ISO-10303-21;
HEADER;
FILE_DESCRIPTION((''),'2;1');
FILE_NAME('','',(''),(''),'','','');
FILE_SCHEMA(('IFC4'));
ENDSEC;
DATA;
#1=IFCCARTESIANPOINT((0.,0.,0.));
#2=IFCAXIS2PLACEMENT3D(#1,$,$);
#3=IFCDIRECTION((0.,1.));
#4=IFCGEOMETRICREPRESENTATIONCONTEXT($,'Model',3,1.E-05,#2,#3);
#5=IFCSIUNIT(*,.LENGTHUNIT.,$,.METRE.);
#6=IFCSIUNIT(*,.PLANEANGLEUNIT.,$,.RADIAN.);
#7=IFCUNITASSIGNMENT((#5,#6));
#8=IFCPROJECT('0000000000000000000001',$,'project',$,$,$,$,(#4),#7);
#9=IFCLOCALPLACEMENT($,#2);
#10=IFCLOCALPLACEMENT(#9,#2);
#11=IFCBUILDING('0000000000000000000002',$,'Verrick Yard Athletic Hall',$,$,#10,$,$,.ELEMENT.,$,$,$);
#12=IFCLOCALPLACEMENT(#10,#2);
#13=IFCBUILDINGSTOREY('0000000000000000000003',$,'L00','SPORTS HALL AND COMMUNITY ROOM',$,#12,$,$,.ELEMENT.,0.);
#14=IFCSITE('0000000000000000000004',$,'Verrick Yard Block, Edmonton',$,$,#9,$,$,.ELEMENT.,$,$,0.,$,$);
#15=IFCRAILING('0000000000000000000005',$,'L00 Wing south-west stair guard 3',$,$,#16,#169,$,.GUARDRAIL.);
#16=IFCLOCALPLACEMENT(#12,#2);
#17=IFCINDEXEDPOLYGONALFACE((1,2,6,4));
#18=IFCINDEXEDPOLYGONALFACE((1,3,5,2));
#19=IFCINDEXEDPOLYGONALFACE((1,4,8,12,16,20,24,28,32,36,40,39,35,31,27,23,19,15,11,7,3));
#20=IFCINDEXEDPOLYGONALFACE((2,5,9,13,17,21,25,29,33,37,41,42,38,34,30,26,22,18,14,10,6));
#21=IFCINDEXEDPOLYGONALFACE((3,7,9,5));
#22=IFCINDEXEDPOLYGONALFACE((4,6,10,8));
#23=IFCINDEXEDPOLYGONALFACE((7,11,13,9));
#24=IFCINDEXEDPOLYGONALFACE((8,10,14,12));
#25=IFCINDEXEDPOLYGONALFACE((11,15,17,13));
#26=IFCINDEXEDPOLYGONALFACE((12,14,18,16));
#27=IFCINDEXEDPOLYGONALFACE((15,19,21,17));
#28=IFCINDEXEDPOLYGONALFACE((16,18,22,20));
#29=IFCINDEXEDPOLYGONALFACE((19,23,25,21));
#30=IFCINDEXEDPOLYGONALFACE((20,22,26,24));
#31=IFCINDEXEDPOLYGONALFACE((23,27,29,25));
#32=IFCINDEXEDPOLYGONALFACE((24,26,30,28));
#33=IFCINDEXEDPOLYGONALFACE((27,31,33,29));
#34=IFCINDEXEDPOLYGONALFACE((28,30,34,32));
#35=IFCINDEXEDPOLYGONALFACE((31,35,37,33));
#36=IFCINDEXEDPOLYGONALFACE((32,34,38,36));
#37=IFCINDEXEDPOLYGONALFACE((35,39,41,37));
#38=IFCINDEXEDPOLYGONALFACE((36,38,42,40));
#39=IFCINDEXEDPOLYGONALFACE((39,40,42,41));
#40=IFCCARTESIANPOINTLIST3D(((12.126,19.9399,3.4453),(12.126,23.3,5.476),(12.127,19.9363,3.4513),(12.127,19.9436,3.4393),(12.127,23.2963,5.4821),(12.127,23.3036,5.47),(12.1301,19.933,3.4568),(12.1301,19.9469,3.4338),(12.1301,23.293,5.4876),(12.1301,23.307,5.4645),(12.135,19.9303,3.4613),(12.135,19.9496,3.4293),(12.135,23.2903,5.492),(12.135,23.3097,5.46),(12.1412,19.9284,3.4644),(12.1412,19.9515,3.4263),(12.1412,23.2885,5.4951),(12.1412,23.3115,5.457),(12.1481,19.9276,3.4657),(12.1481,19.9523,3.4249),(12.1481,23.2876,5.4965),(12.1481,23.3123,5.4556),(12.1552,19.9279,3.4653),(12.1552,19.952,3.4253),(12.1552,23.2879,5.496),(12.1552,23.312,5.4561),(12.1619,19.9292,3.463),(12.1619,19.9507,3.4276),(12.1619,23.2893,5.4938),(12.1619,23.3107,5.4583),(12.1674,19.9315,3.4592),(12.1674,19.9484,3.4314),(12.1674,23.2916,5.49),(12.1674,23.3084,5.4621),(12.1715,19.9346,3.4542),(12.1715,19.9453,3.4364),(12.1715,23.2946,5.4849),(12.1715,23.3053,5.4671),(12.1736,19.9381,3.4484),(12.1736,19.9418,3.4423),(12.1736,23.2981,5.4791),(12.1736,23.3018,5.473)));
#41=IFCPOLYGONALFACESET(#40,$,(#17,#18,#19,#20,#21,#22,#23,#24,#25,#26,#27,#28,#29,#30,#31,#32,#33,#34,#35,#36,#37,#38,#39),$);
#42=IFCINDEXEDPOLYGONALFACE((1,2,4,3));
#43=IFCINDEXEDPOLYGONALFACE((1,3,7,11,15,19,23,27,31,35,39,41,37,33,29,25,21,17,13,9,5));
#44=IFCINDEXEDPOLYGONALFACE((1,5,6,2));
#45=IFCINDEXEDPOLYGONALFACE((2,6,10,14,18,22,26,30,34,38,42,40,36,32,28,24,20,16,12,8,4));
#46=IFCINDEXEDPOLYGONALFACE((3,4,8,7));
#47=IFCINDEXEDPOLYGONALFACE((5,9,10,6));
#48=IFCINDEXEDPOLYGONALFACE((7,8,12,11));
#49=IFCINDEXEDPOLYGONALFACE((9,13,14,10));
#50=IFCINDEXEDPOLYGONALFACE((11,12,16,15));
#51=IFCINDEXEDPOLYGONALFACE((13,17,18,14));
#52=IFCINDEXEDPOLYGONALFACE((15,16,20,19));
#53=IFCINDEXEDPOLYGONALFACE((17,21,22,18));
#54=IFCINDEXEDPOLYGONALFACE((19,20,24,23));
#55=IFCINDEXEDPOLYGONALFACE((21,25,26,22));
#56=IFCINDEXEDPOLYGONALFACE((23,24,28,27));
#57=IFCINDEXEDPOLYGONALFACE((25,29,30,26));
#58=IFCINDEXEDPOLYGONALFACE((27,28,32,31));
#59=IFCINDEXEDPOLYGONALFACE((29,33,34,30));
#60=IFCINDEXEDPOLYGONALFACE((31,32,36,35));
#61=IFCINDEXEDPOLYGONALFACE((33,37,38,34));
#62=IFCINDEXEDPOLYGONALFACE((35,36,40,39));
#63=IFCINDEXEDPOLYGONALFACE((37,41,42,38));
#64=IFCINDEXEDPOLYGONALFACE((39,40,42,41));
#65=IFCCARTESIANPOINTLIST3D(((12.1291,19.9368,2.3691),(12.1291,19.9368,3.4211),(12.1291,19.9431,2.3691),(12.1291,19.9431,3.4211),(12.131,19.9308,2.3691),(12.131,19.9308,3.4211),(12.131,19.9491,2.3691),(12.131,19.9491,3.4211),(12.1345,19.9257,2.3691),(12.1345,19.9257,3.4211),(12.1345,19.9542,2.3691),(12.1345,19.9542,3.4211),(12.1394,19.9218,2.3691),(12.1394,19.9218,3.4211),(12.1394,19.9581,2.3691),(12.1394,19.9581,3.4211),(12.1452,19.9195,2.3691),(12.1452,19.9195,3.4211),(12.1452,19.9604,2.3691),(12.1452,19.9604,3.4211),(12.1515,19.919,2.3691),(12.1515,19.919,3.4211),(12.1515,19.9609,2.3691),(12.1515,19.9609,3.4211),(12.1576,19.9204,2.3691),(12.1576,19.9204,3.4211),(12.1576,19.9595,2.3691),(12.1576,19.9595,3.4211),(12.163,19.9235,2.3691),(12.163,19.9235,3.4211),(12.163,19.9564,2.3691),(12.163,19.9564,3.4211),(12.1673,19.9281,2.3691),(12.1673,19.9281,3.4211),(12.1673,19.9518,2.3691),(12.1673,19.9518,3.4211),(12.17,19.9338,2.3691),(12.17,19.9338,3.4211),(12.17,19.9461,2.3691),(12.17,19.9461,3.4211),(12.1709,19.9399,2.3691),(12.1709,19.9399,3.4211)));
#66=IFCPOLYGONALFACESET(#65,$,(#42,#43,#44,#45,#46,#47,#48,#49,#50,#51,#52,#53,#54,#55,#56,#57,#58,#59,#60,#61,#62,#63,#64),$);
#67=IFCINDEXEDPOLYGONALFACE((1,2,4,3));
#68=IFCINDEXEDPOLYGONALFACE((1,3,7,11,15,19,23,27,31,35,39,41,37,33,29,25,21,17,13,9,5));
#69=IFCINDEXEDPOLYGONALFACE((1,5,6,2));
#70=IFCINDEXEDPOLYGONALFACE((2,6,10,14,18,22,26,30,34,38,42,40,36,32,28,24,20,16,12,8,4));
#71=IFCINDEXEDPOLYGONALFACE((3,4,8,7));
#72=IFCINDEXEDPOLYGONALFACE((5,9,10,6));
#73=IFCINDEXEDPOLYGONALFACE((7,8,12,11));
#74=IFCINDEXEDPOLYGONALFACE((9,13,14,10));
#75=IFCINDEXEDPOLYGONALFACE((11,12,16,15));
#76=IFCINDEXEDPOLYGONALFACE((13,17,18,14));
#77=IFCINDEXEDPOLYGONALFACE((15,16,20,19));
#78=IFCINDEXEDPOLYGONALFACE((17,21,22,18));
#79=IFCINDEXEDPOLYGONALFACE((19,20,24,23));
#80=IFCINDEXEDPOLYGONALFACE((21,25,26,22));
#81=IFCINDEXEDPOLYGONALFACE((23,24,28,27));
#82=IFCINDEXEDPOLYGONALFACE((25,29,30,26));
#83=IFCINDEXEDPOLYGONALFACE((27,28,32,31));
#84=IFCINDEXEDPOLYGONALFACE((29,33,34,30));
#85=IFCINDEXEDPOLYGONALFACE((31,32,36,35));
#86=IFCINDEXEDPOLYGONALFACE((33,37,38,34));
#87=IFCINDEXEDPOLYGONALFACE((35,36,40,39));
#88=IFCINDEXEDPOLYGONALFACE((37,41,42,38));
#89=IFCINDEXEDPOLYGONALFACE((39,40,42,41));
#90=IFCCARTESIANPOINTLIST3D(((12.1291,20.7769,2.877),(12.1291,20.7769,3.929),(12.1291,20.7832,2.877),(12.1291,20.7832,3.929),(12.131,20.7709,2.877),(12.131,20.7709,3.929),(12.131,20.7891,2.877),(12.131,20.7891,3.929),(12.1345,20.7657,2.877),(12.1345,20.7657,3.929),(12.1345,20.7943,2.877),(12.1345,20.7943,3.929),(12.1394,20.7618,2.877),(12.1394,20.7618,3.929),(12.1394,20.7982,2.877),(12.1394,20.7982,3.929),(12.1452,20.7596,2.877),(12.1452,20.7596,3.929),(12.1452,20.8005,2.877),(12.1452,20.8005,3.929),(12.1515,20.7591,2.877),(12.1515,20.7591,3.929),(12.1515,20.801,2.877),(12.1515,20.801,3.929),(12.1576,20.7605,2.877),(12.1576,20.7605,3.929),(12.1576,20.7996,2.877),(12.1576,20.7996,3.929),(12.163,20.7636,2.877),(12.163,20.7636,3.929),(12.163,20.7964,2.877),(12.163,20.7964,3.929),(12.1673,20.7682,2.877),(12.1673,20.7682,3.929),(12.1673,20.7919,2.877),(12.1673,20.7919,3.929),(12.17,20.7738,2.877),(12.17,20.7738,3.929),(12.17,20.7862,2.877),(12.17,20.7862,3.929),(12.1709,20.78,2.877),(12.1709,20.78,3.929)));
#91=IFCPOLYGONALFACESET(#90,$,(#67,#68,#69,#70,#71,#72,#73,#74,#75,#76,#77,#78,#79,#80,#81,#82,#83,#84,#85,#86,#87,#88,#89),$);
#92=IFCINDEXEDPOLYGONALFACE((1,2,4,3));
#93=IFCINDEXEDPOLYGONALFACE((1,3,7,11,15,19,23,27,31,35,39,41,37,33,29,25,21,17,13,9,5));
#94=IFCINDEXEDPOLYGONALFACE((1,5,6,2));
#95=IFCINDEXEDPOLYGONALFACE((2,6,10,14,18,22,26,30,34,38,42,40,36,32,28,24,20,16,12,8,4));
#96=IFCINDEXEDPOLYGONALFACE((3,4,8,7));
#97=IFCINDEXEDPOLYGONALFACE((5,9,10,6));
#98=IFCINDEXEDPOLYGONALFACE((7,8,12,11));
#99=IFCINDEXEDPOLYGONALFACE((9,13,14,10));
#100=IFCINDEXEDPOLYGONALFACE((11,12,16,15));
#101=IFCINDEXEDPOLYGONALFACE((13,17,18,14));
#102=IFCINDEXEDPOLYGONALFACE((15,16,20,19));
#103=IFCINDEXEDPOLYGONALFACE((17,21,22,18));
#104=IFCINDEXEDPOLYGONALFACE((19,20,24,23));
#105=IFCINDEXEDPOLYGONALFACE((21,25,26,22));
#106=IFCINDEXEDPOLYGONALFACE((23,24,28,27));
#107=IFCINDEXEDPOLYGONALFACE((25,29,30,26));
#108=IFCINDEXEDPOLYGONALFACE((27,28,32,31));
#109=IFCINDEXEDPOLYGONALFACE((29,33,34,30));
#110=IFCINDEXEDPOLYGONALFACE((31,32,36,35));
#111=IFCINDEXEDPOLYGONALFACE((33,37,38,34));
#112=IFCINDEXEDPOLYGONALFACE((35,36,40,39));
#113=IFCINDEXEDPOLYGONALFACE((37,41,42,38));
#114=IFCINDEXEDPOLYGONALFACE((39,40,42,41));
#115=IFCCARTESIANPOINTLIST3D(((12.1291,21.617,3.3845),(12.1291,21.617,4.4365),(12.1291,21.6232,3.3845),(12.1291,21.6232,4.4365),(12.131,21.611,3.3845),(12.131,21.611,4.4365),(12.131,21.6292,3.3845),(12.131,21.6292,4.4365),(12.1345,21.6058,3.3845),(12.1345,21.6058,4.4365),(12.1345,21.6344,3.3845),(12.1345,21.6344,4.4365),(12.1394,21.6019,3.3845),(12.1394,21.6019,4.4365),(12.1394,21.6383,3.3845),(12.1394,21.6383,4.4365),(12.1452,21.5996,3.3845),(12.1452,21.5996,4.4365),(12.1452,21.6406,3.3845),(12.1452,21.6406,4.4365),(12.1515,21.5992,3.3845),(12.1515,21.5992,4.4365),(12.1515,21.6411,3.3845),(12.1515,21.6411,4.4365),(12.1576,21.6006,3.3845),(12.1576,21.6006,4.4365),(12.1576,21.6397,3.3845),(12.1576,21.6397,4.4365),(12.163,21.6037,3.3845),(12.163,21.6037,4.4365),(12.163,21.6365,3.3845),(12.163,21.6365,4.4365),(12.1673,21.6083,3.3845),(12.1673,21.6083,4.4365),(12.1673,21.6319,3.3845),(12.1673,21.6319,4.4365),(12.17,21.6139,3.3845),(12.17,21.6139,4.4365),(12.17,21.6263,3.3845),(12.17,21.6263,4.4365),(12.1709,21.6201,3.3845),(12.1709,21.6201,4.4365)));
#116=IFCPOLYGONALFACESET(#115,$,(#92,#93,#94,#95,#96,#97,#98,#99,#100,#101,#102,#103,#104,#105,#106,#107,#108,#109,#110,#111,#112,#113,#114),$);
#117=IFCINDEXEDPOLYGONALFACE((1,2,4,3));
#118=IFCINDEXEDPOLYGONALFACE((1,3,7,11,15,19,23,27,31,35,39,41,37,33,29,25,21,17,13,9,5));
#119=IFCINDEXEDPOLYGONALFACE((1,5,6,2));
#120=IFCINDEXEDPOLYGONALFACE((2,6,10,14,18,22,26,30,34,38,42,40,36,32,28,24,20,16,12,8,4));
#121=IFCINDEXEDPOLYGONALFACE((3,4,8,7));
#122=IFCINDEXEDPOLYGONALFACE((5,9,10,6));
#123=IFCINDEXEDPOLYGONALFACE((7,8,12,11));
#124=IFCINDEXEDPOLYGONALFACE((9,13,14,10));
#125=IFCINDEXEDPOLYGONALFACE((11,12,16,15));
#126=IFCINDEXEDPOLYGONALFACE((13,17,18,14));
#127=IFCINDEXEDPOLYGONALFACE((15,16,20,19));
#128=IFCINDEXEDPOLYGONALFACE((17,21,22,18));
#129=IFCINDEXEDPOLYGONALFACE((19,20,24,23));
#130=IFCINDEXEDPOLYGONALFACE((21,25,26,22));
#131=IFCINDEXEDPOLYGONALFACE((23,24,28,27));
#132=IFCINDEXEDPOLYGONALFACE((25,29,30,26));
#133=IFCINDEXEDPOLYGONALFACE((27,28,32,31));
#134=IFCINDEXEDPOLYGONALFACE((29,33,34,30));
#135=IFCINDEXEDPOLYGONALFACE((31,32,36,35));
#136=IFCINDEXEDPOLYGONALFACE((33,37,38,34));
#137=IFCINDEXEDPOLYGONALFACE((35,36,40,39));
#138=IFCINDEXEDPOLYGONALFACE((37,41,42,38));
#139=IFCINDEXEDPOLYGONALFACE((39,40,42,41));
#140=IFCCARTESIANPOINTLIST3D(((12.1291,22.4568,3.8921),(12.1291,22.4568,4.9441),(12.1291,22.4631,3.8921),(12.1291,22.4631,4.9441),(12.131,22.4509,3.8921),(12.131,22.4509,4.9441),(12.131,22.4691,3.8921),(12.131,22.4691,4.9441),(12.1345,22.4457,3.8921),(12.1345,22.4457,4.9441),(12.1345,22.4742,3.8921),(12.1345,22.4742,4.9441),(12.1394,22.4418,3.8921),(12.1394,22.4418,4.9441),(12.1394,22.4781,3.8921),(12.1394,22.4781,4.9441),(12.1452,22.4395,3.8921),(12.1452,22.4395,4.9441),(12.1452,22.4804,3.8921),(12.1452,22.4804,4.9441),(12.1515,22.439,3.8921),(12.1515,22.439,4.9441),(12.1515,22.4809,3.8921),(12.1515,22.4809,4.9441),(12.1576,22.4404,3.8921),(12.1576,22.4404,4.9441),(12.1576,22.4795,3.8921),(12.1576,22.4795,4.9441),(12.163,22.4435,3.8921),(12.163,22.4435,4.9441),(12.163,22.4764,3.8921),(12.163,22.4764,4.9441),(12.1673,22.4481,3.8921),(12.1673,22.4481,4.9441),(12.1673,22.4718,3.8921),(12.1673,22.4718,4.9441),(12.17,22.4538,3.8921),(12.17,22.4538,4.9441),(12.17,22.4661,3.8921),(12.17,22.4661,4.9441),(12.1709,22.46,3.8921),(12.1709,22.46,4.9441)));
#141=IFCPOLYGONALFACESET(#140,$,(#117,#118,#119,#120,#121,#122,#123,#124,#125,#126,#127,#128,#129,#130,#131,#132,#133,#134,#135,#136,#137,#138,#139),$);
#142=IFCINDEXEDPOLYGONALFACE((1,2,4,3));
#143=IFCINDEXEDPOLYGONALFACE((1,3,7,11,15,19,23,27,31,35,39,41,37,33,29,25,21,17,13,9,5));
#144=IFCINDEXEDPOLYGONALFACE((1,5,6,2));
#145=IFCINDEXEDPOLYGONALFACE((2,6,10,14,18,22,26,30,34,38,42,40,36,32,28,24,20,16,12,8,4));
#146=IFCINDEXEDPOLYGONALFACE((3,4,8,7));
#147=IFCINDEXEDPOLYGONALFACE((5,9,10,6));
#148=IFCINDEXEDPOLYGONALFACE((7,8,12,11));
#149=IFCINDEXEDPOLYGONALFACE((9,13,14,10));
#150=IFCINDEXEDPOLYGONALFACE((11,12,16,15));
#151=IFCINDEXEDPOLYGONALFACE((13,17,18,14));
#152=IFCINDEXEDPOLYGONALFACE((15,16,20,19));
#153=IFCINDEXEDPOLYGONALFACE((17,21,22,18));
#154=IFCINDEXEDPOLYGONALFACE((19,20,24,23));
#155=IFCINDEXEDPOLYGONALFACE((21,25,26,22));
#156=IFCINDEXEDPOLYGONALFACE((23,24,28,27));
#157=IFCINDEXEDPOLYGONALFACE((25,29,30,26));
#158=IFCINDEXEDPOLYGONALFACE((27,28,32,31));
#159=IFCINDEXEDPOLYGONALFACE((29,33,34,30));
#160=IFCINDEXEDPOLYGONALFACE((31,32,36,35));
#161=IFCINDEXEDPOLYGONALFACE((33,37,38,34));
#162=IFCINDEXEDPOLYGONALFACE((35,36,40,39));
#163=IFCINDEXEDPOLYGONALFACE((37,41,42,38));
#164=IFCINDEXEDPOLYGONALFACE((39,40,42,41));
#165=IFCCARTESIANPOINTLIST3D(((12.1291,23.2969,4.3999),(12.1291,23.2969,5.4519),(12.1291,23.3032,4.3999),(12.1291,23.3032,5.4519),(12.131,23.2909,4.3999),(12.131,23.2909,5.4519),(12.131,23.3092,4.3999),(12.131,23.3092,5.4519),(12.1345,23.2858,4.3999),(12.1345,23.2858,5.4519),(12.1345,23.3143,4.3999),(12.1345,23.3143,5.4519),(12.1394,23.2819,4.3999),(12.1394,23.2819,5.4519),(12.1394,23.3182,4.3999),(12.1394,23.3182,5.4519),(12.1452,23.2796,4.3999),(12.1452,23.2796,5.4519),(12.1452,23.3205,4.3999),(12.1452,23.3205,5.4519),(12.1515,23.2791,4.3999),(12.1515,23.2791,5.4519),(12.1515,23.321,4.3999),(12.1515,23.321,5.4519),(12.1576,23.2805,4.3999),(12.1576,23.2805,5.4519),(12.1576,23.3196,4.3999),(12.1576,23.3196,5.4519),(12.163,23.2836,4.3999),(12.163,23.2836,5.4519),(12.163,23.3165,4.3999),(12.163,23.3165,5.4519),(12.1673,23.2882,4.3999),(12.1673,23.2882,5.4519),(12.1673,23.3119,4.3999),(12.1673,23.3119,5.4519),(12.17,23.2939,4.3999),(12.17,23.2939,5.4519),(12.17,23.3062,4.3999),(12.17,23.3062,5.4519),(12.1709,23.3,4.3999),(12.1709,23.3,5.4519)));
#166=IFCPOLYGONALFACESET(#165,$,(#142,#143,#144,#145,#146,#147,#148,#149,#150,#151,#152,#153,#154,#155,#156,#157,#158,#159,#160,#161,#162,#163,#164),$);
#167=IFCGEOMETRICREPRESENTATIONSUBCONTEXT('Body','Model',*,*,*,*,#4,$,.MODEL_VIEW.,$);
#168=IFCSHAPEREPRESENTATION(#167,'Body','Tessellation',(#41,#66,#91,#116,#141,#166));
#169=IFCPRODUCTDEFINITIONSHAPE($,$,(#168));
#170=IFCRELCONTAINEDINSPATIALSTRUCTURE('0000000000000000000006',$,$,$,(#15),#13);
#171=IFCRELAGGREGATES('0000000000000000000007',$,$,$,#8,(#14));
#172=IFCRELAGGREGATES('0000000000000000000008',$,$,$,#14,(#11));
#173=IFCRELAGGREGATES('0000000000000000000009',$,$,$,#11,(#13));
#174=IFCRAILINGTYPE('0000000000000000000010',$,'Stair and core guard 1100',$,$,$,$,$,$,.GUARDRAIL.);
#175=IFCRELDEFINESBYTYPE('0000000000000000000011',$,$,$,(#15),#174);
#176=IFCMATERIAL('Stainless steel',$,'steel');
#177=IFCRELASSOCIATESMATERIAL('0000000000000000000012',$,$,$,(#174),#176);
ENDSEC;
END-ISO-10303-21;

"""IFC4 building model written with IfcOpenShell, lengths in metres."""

from ifc_helpers import new_model, si_unit, direction, frame, origin, origin_2d, place, context, subcontext, project, spatial, circle, extrude, material, type_object, element, save


model = new_model("IFC4")

# Units and contexts
model_context = context("Model", 3, precision=1e-05, world=origin(), true_north=direction((0.0, 1.0)))
body_context = subcontext(model_context, "Body", "Model", "MODEL_VIEW")
ifc_project = project(units=[si_unit("LENGTHUNIT", "METRE"), si_unit("PLANEANGLEUNIT", "RADIAN")], contexts=[model_context])

# Site, building, storey
site_placement = place(None, origin())
site = spatial("IfcSite", under=ifc_project, at=site_placement, Name="Verrick Yard Block, Edmonton", CompositionType="ELEMENT", RefElevation=0.0)
building_placement = place(site_placement, origin())
building = spatial("IfcBuilding", under=site, at=building_placement, Name="Verrick Yard Athletic Hall", CompositionType="ELEMENT")
storey_placement = place(building_placement, origin())
storey = spatial("IfcBuildingStorey", under=building, at=storey_placement, Name="L00", Description="SPORTS HALL AND COMMUNITY ROOM", CompositionType="ELEMENT", Elevation=0.0)

# Railing
ifc_material_1 = material(Name="Stainless steel", Category="steel")
railing_type_1 = type_object("IfcRailingType", Name="Stair and core guard 1100", PredefinedType="GUARDRAIL", material=ifc_material_1)
railing_1_placement = place(storey_placement, frame((12.1499, 19.9399, 2.3691)))
element("IfcRailing", 1, at=railing_1_placement, inside=storey, type_object=railing_type_1, Name="L00 Wing south-west stair guard 3", PredefinedType="GUARDRAIL", context=body_context, shape_type="SweptSolid", body=[
    extrude(circle(Radius=0.0239, at=origin_2d()), frame((0.0, 0.0, 1.0762), z_axis=(0.0, 0.855837, 0.517246), x_axis=(-1.0, 0.0, 0.0)), (0.0, 0.0, 1.0), 3.926),
    extrude(circle(Radius=0.021, at=origin_2d()), origin(), (0.0, 0.0, 1.0), 1.052),
    extrude(circle(Radius=0.021, at=origin_2d()), frame((0.0, 0.8401, 0.5078)), (0.0, 0.0, 1.0), 1.052),
    extrude(circle(Radius=0.021, at=origin_2d()), frame((0.0, 1.6802, 1.0154)), (0.0, 0.0, 1.0), 1.052),
    extrude(circle(Radius=0.021, at=origin_2d()), frame((0.0, 2.52, 1.5229)), (0.0, 0.0, 1.0), 1.052),
    extrude(circle(Radius=0.021, at=origin_2d()), frame((0.0, 3.3601, 2.0308)), (0.0, 0.0, 1.0), 1.052),
])

save(model, "model.ifc")
